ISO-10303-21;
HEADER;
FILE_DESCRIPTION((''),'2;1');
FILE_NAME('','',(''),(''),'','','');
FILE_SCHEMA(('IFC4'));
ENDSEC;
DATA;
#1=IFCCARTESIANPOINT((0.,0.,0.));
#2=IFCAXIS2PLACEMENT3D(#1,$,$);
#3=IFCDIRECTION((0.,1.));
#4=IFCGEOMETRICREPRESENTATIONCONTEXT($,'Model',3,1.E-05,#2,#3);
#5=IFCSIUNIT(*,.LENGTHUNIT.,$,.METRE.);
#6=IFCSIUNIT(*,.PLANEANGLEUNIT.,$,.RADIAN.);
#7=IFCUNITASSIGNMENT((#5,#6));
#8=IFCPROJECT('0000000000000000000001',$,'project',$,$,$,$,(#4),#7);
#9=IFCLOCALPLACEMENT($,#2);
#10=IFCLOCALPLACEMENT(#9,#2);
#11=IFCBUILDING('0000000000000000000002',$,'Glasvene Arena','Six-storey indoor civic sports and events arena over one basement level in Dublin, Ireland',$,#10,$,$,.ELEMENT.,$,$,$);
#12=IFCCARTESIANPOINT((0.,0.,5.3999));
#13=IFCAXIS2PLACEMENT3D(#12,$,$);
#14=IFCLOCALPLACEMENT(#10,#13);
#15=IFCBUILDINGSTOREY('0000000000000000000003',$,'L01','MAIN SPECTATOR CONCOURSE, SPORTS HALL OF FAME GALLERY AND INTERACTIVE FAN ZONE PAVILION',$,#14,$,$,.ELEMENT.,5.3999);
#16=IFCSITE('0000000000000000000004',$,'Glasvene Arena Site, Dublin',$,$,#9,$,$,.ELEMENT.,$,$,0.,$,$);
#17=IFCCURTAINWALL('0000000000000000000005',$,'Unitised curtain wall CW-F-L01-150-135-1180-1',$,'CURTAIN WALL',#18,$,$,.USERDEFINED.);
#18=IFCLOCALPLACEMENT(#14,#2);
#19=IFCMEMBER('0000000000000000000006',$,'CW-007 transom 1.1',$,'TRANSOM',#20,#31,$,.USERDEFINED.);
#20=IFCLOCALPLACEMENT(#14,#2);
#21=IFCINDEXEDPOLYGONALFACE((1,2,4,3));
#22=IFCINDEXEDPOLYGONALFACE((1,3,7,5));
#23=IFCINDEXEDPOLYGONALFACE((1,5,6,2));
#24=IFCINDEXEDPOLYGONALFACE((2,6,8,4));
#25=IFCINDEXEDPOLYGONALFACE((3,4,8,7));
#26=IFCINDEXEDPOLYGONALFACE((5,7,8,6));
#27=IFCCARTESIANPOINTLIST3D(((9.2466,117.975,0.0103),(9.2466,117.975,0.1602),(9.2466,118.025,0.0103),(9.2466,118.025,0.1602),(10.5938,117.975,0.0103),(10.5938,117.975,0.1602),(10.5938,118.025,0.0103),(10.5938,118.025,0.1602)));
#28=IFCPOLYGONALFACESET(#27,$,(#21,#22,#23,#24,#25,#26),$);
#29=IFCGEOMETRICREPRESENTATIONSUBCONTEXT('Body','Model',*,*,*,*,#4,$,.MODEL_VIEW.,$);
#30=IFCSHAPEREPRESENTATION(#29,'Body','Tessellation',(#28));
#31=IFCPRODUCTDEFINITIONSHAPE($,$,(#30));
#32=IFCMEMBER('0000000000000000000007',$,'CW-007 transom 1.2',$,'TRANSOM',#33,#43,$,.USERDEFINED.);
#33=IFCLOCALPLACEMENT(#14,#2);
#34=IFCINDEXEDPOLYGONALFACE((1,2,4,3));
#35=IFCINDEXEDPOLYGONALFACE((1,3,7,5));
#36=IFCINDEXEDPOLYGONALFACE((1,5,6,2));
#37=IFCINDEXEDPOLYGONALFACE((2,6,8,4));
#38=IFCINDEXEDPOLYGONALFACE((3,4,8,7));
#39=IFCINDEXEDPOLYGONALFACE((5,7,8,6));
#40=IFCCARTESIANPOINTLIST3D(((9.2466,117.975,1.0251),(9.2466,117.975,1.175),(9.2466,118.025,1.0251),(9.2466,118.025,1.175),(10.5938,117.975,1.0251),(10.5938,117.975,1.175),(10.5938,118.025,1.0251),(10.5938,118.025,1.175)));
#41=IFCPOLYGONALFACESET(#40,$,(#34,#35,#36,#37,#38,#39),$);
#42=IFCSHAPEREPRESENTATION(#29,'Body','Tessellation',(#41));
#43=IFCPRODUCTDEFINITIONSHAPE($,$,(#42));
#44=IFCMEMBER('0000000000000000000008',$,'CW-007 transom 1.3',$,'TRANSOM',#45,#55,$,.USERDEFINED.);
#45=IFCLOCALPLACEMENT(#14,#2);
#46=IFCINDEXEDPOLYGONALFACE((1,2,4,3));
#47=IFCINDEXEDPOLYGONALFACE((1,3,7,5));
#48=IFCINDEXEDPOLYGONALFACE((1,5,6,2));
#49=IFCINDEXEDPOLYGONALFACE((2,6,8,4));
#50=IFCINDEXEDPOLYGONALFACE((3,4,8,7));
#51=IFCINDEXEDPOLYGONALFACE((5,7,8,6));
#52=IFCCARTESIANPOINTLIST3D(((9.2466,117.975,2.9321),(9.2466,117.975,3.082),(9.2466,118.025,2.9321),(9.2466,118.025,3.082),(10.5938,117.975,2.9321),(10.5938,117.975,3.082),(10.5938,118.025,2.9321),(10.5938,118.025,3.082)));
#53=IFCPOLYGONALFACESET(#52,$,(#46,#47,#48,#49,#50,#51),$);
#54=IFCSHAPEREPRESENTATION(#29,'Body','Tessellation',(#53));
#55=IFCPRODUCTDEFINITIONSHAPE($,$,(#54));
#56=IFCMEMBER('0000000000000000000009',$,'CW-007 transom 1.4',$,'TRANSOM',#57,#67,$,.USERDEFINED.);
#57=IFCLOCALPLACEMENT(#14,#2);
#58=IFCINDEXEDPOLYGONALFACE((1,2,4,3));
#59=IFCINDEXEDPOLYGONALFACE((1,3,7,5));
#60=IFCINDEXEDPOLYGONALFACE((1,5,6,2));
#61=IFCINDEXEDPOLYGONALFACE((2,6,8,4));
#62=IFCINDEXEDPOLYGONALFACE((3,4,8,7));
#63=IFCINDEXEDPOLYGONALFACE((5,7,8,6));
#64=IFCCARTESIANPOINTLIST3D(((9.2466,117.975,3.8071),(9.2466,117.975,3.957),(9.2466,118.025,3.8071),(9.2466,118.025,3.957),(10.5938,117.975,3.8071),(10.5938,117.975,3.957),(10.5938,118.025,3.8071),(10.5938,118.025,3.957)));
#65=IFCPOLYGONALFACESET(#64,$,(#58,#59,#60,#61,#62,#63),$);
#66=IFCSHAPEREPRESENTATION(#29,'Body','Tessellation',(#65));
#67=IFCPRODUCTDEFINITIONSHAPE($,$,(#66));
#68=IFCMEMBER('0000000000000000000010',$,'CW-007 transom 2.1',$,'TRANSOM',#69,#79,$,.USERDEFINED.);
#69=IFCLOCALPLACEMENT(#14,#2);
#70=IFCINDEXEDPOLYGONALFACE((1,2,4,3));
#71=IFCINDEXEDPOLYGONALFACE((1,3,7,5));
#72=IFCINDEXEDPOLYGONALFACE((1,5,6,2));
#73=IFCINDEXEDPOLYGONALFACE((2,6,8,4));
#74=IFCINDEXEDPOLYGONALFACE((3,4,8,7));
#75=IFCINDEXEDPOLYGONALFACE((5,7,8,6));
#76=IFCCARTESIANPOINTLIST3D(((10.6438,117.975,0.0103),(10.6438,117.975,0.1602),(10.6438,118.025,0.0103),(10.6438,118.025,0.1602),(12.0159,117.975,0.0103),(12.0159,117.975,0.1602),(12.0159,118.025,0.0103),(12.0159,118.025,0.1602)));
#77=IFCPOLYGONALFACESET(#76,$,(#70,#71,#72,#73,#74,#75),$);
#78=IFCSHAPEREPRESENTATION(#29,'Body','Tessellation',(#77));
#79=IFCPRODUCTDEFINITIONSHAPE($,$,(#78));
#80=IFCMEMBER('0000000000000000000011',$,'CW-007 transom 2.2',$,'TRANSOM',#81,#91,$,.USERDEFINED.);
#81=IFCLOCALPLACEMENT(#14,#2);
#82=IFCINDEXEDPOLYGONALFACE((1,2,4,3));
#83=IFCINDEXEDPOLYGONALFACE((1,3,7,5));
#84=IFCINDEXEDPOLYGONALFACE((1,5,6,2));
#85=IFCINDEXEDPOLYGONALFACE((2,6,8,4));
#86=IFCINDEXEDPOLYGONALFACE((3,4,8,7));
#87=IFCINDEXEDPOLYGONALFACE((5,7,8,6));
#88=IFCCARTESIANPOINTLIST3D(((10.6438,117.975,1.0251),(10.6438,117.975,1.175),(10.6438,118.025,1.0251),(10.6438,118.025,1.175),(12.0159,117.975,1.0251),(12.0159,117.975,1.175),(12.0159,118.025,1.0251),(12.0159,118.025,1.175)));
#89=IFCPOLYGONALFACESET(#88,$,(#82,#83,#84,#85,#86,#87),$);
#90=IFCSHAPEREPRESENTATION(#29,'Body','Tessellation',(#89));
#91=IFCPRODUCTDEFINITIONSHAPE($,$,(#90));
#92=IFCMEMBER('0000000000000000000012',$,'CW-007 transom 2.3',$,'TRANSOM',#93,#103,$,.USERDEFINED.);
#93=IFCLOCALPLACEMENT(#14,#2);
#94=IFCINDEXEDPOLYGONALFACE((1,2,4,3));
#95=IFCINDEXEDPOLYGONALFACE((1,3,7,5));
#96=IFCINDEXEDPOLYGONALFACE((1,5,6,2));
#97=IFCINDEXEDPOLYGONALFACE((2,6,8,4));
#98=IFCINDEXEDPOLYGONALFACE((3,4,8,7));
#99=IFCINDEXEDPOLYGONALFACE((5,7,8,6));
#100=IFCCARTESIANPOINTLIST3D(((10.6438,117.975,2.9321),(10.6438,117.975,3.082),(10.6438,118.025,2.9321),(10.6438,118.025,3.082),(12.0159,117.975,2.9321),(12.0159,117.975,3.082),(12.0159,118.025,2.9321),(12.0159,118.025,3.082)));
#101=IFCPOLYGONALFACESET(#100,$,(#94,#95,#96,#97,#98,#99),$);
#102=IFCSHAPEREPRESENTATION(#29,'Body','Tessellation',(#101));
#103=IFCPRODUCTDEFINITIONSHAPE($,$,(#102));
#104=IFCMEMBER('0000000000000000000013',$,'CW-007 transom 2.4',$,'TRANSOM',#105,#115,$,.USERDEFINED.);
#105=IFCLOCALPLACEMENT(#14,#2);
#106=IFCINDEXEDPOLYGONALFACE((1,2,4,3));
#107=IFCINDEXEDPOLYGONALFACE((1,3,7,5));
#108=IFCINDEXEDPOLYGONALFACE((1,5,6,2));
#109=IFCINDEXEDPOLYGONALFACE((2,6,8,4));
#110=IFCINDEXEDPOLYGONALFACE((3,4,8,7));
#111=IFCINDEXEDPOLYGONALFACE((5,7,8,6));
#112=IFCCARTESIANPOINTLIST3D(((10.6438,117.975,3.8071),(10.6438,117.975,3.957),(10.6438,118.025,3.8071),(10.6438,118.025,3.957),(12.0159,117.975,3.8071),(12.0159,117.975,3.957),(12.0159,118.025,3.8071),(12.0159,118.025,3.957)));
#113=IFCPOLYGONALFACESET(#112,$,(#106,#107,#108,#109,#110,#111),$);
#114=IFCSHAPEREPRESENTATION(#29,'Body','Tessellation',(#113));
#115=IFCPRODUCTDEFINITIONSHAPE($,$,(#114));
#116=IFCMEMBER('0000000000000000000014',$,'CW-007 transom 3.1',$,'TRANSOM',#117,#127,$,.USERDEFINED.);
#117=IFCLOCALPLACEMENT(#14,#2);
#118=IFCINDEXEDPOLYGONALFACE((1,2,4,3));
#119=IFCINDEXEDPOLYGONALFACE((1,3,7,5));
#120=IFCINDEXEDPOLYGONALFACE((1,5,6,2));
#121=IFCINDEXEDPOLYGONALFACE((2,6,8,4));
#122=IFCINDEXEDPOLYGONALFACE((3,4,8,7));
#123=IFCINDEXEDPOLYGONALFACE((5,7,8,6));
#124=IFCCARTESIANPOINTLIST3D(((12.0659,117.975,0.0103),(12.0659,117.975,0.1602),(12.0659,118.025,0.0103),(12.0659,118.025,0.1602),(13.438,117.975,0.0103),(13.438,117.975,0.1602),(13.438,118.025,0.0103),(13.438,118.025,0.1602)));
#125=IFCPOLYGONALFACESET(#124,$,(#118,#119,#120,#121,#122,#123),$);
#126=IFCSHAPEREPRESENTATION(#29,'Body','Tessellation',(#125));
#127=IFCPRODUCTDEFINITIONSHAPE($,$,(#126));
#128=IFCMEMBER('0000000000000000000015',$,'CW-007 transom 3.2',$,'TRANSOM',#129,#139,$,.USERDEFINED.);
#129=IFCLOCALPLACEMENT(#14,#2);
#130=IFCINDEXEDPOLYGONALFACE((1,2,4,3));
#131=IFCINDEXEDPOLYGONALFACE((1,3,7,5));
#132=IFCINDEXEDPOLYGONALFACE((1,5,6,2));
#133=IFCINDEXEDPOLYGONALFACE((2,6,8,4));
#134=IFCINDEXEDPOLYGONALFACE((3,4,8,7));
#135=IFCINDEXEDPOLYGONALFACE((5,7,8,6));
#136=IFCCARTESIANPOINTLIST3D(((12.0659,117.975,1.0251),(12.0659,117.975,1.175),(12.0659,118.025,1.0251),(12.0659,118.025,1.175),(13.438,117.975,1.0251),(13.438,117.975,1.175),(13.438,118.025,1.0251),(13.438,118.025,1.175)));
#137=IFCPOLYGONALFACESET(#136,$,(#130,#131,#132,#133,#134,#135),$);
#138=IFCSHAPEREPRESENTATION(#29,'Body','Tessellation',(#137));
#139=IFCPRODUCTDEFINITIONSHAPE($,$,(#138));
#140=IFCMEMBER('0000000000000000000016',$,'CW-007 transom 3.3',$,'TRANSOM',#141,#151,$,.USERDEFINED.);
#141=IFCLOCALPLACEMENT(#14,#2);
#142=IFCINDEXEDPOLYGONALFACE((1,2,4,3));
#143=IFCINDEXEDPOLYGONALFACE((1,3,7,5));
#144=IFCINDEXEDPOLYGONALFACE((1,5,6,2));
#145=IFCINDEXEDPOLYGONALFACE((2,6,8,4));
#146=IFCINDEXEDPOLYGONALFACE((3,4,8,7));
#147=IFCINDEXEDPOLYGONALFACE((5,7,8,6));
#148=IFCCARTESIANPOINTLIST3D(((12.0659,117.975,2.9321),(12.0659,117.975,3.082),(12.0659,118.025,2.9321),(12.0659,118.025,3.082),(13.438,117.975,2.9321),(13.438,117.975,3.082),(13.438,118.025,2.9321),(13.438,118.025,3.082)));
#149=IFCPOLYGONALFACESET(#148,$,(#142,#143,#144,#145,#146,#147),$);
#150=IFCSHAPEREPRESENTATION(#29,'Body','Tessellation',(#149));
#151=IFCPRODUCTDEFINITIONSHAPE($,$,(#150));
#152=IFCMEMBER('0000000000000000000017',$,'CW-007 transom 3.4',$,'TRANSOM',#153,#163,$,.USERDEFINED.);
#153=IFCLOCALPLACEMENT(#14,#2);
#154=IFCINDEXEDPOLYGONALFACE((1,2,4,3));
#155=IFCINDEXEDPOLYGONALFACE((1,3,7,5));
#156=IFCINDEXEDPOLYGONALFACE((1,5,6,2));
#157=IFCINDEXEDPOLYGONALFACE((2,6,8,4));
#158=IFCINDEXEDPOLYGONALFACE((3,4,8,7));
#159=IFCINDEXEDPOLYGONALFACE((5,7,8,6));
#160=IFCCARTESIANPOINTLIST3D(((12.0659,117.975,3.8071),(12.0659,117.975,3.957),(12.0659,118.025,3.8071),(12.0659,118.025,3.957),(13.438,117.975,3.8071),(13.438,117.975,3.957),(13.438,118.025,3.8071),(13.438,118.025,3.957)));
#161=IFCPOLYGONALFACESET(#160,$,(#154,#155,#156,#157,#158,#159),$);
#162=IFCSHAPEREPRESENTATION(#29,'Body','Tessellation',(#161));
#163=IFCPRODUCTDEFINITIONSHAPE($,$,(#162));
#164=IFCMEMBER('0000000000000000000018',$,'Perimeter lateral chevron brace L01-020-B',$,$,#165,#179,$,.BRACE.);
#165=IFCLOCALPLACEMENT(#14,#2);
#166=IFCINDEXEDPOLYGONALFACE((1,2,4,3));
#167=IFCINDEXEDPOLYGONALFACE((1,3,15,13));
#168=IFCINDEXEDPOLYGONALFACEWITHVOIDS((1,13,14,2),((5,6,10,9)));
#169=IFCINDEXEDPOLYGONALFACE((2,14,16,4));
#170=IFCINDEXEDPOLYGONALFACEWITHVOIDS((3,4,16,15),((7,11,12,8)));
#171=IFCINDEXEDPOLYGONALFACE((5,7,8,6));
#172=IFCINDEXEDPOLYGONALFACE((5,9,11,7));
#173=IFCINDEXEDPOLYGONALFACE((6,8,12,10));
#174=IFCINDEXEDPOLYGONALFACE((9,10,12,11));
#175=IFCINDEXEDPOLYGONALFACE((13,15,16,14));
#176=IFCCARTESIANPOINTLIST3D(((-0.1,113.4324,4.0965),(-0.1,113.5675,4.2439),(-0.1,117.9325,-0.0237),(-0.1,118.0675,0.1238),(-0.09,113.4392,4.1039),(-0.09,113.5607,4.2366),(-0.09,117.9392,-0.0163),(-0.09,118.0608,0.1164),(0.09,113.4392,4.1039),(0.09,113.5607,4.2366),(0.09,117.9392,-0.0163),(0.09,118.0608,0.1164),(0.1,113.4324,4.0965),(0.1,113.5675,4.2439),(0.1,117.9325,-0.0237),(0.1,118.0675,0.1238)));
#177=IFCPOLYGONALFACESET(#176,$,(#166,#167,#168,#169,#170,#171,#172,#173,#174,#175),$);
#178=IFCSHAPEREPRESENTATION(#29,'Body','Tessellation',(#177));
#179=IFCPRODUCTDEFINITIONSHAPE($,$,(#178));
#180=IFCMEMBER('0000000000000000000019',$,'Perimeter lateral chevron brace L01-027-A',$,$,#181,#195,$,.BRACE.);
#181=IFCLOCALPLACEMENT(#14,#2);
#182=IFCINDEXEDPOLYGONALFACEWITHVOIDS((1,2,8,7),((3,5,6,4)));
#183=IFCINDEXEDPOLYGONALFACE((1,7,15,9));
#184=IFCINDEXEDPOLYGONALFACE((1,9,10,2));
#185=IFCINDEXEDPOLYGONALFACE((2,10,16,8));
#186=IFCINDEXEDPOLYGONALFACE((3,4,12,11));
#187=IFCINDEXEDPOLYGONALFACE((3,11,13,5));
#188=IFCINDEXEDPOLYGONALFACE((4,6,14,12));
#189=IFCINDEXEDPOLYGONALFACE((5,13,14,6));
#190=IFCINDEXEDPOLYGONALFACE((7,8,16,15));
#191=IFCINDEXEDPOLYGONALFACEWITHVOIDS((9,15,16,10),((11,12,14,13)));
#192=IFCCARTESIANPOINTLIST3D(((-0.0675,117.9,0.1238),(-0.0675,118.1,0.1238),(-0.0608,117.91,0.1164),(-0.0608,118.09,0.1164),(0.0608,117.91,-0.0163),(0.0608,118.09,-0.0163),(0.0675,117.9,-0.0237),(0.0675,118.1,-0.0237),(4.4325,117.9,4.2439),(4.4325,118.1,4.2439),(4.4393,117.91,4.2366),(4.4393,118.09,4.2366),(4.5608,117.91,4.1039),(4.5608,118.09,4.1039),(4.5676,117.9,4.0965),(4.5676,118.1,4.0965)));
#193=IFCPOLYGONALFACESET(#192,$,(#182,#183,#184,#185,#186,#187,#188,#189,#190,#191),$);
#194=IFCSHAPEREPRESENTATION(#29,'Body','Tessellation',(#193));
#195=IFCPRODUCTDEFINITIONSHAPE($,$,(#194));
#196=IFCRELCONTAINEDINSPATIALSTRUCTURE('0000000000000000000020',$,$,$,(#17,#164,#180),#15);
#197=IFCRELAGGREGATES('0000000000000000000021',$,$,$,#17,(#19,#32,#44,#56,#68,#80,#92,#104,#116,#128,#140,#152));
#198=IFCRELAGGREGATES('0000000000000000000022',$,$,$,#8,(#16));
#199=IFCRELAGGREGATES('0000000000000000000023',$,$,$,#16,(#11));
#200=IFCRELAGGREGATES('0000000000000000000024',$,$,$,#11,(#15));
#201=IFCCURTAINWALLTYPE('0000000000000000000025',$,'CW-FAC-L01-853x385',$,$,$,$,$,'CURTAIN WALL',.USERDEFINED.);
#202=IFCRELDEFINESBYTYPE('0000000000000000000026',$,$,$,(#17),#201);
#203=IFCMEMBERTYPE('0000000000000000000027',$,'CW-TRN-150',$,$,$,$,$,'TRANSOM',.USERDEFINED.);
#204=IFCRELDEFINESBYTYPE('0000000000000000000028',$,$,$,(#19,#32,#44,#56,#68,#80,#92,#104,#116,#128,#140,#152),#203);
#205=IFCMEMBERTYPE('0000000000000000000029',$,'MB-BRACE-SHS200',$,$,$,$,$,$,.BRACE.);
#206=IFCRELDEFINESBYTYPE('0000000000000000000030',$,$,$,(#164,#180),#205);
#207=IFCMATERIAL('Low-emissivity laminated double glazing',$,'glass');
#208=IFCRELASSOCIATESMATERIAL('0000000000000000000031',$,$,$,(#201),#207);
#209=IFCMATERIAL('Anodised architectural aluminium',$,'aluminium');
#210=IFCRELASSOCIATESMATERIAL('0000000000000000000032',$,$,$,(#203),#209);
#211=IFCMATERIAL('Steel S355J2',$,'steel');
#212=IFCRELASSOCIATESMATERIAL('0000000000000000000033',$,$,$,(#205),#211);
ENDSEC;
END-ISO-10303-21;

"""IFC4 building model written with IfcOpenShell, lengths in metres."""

from ifc_helpers import new_model, si_unit, direction, frame, origin, origin_2d, place, context, subcontext, project, spatial, rectangle, hollow_rectangle, extrude, material, material_profile, profile_set, type_object, element, aggregate, save


model = new_model("IFC4")

# Units and contexts
model_context = context("Model", 3, precision=1e-05, world=origin(), true_north=direction((0.0, 1.0)))
body_context = subcontext(model_context, "Body", "Model", "MODEL_VIEW")
ifc_project = project(units=[si_unit("LENGTHUNIT", "METRE"), si_unit("PLANEANGLEUNIT", "RADIAN")], contexts=[model_context])

# Site, building, storey
site_placement = place(None, origin())
site = spatial("IfcSite", under=ifc_project, at=site_placement, Name="Glasvene Arena Site, Dublin", CompositionType="ELEMENT", RefElevation=0.0)
building_placement = place(site_placement, origin())
building = spatial("IfcBuilding", under=site, at=building_placement, Name="Glasvene Arena", Description="Six-storey indoor civic sports and events arena over one basement level in Dublin, Ireland", CompositionType="ELEMENT")
storey_placement = place(building_placement, frame((0.0, 0.0, 5.3999)))
storey = spatial("IfcBuildingStorey", under=building, at=storey_placement, Name="L01", Description="MAIN SPECTATOR CONCOURSE, SPORTS HALL OF FAME GALLERY AND INTERACTIVE FAN ZONE PAVILION", CompositionType="ELEMENT", Elevation=5.3999)

# Shared definitions
ifc_material_1 = material(Name="Steel S355J2", Category="steel")

# Curtain wall, members
ifc_material_2 = material(Name="Low-emissivity laminated double glazing", Category="glass")
curtain_wall_type = type_object("IfcCurtainWallType", Name="CW-FAC-L01-853x385", ElementType="CURTAIN WALL", PredefinedType="USERDEFINED", material=ifc_material_2)
curtain_wall_placement = place(storey_placement, frame((9.1965, 118.0, 0.0)))
curtain_wall = element("IfcCurtainWall", 1, at=curtain_wall_placement, inside=storey, type_object=curtain_wall_type, Name="Unitised curtain wall CW-F-L01-150-135-1180-1", ObjectType="CURTAIN WALL", PredefinedType="USERDEFINED")
ifc_material_3 = material(Name="Anodised architectural aluminium", Category="aluminium")
ifc_material_profile_1 = material_profile(ifc_material_3, rectangle(XDim=0.05, YDim=0.1499, at=origin_2d()), Name="ALU TRANSOM 50x150")
ifc_profile_set_1 = profile_set([ifc_material_profile_1], Name="Anodised architectural aluminium")
member_type_1 = type_object("IfcMemberType", Name="CW-TRN-150", ElementType="TRANSOM", PredefinedType="USERDEFINED", material=ifc_profile_set_1)
member_1_placement = place(storey_placement, frame((9.2466, 118.0, 0.0852), z_axis=(1.0, 0.0, 0.0), x_axis=(0.0, 1.0, 0.0)))
member_1 = element("IfcMember", 2, at=member_1_placement, type_object=member_type_1, Name="CW-007 transom 1.1", ObjectType="TRANSOM", PredefinedType="USERDEFINED", context=body_context, shape_type="SweptSolid", body=[
    extrude(rectangle(XDim=0.05, YDim=0.1499, at=origin_2d()), origin(), (0.0, 0.0, 1.0), 1.3472),
])
member_2_placement = place(storey_placement, frame((9.2466, 118.0, 1.1001), z_axis=(1.0, 0.0, 0.0), x_axis=(0.0, 1.0, 0.0)))
member_2 = element("IfcMember", 3, at=member_2_placement, type_object=member_type_1, Name="CW-007 transom 1.2", ObjectType="TRANSOM", PredefinedType="USERDEFINED", context=body_context, shape_type="SweptSolid", body=[
    extrude(rectangle(XDim=0.05, YDim=0.1499, at=origin_2d()), origin(), (0.0, 0.0, 1.0), 1.3472),
])
member_3_placement = place(storey_placement, frame((9.2466, 118.0, 3.0071), z_axis=(1.0, 0.0, 0.0), x_axis=(0.0, 1.0, 0.0)))
member_3 = element("IfcMember", 4, at=member_3_placement, type_object=member_type_1, Name="CW-007 transom 1.3", ObjectType="TRANSOM", PredefinedType="USERDEFINED", context=body_context, shape_type="SweptSolid", body=[
    extrude(rectangle(XDim=0.05, YDim=0.1499, at=origin_2d()), origin(), (0.0, 0.0, 1.0), 1.3472),
])
member_4_placement = place(storey_placement, frame((9.2466, 118.0, 3.8821), z_axis=(1.0, 0.0, 0.0), x_axis=(0.0, 1.0, 0.0)))
member_4 = element("IfcMember", 5, at=member_4_placement, type_object=member_type_1, Name="CW-007 transom 1.4", ObjectType="TRANSOM", PredefinedType="USERDEFINED", context=body_context, shape_type="SweptSolid", body=[
    extrude(rectangle(XDim=0.05, YDim=0.1499, at=origin_2d()), origin(), (0.0, 0.0, 1.0), 1.3472),
])
member_5_placement = place(storey_placement, frame((10.6438, 118.0, 0.0852), z_axis=(1.0, 0.0, 0.0), x_axis=(0.0, 1.0, 0.0)))
member_5 = element("IfcMember", 6, at=member_5_placement, type_object=member_type_1, Name="CW-007 transom 2.1", ObjectType="TRANSOM", PredefinedType="USERDEFINED", context=body_context, shape_type="SweptSolid", body=[
    extrude(rectangle(XDim=0.05, YDim=0.1499, at=origin_2d()), origin(), (0.0, 0.0, 1.0), 1.3721),
])
member_6_placement = place(storey_placement, frame((10.6438, 118.0, 1.1001), z_axis=(1.0, 0.0, 0.0), x_axis=(0.0, 1.0, 0.0)))
member_6 = element("IfcMember", 7, at=member_6_placement, type_object=member_type_1, Name="CW-007 transom 2.2", ObjectType="TRANSOM", PredefinedType="USERDEFINED", context=body_context, shape_type="SweptSolid", body=[
    extrude(rectangle(XDim=0.05, YDim=0.1499, at=origin_2d()), origin(), (0.0, 0.0, 1.0), 1.3721),
])
member_7_placement = place(storey_placement, frame((10.6438, 118.0, 3.0071), z_axis=(1.0, 0.0, 0.0), x_axis=(0.0, 1.0, 0.0)))
member_7 = element("IfcMember", 8, at=member_7_placement, type_object=member_type_1, Name="CW-007 transom 2.3", ObjectType="TRANSOM", PredefinedType="USERDEFINED", context=body_context, shape_type="SweptSolid", body=[
    extrude(rectangle(XDim=0.05, YDim=0.1499, at=origin_2d()), origin(), (0.0, 0.0, 1.0), 1.3721),
])
member_8_placement = place(storey_placement, frame((10.6438, 118.0, 3.8821), z_axis=(1.0, 0.0, 0.0), x_axis=(0.0, 1.0, 0.0)))
member_8 = element("IfcMember", 9, at=member_8_placement, type_object=member_type_1, Name="CW-007 transom 2.4", ObjectType="TRANSOM", PredefinedType="USERDEFINED", context=body_context, shape_type="SweptSolid", body=[
    extrude(rectangle(XDim=0.05, YDim=0.1499, at=origin_2d()), origin(), (0.0, 0.0, 1.0), 1.3721),
])
member_9_placement = place(storey_placement, frame((12.0659, 118.0, 0.0852), z_axis=(1.0, 0.0, 0.0), x_axis=(0.0, 1.0, 0.0)))
member_9 = element("IfcMember", 10, at=member_9_placement, type_object=member_type_1, Name="CW-007 transom 3.1", ObjectType="TRANSOM", PredefinedType="USERDEFINED", context=body_context, shape_type="SweptSolid", body=[
    extrude(rectangle(XDim=0.05, YDim=0.1499, at=origin_2d()), origin(), (0.0, 0.0, 1.0), 1.3721),
])
member_10_placement = place(storey_placement, frame((12.0659, 118.0, 1.1001), z_axis=(1.0, 0.0, 0.0), x_axis=(0.0, 1.0, 0.0)))
member_10 = element("IfcMember", 11, at=member_10_placement, type_object=member_type_1, Name="CW-007 transom 3.2", ObjectType="TRANSOM", PredefinedType="USERDEFINED", context=body_context, shape_type="SweptSolid", body=[
    extrude(rectangle(XDim=0.05, YDim=0.1499, at=origin_2d()), origin(), (0.0, 0.0, 1.0), 1.3721),
])
member_11_placement = place(storey_placement, frame((12.0659, 118.0, 3.0071), z_axis=(1.0, 0.0, 0.0), x_axis=(0.0, 1.0, 0.0)))
member_11 = element("IfcMember", 12, at=member_11_placement, type_object=member_type_1, Name="CW-007 transom 3.3", ObjectType="TRANSOM", PredefinedType="USERDEFINED", context=body_context, shape_type="SweptSolid", body=[
    extrude(rectangle(XDim=0.05, YDim=0.1499, at=origin_2d()), origin(), (0.0, 0.0, 1.0), 1.3721),
])
member_12_placement = place(storey_placement, frame((12.0659, 118.0, 3.8821), z_axis=(1.0, 0.0, 0.0), x_axis=(0.0, 1.0, 0.0)))
member_12 = element("IfcMember", 13, at=member_12_placement, type_object=member_type_1, Name="CW-007 transom 3.4", ObjectType="TRANSOM", PredefinedType="USERDEFINED", context=body_context, shape_type="SweptSolid", body=[
    extrude(rectangle(XDim=0.05, YDim=0.1499, at=origin_2d()), origin(), (0.0, 0.0, 1.0), 1.3721),
])

# Members
ifc_material_profile_2 = material_profile(ifc_material_1, hollow_rectangle(XDim=0.2, YDim=0.2, WallThickness=0.01, at=origin_2d()), Name="SHS 200x200x10.0")
ifc_profile_set_2 = profile_set([ifc_material_profile_2], Name="Steel S355J2")
member_type_2 = type_object("IfcMemberType", Name="MB-BRACE-SHS200", PredefinedType="BRACE", material=ifc_profile_set_2)
for number, where, z_axis, x_axis, name in (
    (14, (0.0, 118.0, 0.05), (0.0, -0.737553, 0.67529), (1.0, 0.0, 0.0), "Perimeter lateral chevron brace L01-020-B"),
    (15, (0.0, 118.0, 0.05), (0.737553, 0.0, 0.67529), (0.0, 1.0, 0.0), "Perimeter lateral chevron brace L01-027-A"),
):
    element("IfcMember", number, at=place(storey_placement, frame(where, z_axis=z_axis, x_axis=x_axis)), inside=storey, type_object=member_type_2, Name=name, PredefinedType="BRACE", context=body_context, shape_type="SweptSolid", body=[
        extrude(hollow_rectangle(XDim=0.2, YDim=0.2, WallThickness=0.01, at=origin_2d()), origin(), (0.0, 0.0, 1.0), 6.1013),
    ])

aggregate(curtain_wall, [member_1, member_2, member_3, member_4, member_5, member_6, member_7, member_8, member_9, member_10, member_11, member_12])

save(model, "model.ifc")
